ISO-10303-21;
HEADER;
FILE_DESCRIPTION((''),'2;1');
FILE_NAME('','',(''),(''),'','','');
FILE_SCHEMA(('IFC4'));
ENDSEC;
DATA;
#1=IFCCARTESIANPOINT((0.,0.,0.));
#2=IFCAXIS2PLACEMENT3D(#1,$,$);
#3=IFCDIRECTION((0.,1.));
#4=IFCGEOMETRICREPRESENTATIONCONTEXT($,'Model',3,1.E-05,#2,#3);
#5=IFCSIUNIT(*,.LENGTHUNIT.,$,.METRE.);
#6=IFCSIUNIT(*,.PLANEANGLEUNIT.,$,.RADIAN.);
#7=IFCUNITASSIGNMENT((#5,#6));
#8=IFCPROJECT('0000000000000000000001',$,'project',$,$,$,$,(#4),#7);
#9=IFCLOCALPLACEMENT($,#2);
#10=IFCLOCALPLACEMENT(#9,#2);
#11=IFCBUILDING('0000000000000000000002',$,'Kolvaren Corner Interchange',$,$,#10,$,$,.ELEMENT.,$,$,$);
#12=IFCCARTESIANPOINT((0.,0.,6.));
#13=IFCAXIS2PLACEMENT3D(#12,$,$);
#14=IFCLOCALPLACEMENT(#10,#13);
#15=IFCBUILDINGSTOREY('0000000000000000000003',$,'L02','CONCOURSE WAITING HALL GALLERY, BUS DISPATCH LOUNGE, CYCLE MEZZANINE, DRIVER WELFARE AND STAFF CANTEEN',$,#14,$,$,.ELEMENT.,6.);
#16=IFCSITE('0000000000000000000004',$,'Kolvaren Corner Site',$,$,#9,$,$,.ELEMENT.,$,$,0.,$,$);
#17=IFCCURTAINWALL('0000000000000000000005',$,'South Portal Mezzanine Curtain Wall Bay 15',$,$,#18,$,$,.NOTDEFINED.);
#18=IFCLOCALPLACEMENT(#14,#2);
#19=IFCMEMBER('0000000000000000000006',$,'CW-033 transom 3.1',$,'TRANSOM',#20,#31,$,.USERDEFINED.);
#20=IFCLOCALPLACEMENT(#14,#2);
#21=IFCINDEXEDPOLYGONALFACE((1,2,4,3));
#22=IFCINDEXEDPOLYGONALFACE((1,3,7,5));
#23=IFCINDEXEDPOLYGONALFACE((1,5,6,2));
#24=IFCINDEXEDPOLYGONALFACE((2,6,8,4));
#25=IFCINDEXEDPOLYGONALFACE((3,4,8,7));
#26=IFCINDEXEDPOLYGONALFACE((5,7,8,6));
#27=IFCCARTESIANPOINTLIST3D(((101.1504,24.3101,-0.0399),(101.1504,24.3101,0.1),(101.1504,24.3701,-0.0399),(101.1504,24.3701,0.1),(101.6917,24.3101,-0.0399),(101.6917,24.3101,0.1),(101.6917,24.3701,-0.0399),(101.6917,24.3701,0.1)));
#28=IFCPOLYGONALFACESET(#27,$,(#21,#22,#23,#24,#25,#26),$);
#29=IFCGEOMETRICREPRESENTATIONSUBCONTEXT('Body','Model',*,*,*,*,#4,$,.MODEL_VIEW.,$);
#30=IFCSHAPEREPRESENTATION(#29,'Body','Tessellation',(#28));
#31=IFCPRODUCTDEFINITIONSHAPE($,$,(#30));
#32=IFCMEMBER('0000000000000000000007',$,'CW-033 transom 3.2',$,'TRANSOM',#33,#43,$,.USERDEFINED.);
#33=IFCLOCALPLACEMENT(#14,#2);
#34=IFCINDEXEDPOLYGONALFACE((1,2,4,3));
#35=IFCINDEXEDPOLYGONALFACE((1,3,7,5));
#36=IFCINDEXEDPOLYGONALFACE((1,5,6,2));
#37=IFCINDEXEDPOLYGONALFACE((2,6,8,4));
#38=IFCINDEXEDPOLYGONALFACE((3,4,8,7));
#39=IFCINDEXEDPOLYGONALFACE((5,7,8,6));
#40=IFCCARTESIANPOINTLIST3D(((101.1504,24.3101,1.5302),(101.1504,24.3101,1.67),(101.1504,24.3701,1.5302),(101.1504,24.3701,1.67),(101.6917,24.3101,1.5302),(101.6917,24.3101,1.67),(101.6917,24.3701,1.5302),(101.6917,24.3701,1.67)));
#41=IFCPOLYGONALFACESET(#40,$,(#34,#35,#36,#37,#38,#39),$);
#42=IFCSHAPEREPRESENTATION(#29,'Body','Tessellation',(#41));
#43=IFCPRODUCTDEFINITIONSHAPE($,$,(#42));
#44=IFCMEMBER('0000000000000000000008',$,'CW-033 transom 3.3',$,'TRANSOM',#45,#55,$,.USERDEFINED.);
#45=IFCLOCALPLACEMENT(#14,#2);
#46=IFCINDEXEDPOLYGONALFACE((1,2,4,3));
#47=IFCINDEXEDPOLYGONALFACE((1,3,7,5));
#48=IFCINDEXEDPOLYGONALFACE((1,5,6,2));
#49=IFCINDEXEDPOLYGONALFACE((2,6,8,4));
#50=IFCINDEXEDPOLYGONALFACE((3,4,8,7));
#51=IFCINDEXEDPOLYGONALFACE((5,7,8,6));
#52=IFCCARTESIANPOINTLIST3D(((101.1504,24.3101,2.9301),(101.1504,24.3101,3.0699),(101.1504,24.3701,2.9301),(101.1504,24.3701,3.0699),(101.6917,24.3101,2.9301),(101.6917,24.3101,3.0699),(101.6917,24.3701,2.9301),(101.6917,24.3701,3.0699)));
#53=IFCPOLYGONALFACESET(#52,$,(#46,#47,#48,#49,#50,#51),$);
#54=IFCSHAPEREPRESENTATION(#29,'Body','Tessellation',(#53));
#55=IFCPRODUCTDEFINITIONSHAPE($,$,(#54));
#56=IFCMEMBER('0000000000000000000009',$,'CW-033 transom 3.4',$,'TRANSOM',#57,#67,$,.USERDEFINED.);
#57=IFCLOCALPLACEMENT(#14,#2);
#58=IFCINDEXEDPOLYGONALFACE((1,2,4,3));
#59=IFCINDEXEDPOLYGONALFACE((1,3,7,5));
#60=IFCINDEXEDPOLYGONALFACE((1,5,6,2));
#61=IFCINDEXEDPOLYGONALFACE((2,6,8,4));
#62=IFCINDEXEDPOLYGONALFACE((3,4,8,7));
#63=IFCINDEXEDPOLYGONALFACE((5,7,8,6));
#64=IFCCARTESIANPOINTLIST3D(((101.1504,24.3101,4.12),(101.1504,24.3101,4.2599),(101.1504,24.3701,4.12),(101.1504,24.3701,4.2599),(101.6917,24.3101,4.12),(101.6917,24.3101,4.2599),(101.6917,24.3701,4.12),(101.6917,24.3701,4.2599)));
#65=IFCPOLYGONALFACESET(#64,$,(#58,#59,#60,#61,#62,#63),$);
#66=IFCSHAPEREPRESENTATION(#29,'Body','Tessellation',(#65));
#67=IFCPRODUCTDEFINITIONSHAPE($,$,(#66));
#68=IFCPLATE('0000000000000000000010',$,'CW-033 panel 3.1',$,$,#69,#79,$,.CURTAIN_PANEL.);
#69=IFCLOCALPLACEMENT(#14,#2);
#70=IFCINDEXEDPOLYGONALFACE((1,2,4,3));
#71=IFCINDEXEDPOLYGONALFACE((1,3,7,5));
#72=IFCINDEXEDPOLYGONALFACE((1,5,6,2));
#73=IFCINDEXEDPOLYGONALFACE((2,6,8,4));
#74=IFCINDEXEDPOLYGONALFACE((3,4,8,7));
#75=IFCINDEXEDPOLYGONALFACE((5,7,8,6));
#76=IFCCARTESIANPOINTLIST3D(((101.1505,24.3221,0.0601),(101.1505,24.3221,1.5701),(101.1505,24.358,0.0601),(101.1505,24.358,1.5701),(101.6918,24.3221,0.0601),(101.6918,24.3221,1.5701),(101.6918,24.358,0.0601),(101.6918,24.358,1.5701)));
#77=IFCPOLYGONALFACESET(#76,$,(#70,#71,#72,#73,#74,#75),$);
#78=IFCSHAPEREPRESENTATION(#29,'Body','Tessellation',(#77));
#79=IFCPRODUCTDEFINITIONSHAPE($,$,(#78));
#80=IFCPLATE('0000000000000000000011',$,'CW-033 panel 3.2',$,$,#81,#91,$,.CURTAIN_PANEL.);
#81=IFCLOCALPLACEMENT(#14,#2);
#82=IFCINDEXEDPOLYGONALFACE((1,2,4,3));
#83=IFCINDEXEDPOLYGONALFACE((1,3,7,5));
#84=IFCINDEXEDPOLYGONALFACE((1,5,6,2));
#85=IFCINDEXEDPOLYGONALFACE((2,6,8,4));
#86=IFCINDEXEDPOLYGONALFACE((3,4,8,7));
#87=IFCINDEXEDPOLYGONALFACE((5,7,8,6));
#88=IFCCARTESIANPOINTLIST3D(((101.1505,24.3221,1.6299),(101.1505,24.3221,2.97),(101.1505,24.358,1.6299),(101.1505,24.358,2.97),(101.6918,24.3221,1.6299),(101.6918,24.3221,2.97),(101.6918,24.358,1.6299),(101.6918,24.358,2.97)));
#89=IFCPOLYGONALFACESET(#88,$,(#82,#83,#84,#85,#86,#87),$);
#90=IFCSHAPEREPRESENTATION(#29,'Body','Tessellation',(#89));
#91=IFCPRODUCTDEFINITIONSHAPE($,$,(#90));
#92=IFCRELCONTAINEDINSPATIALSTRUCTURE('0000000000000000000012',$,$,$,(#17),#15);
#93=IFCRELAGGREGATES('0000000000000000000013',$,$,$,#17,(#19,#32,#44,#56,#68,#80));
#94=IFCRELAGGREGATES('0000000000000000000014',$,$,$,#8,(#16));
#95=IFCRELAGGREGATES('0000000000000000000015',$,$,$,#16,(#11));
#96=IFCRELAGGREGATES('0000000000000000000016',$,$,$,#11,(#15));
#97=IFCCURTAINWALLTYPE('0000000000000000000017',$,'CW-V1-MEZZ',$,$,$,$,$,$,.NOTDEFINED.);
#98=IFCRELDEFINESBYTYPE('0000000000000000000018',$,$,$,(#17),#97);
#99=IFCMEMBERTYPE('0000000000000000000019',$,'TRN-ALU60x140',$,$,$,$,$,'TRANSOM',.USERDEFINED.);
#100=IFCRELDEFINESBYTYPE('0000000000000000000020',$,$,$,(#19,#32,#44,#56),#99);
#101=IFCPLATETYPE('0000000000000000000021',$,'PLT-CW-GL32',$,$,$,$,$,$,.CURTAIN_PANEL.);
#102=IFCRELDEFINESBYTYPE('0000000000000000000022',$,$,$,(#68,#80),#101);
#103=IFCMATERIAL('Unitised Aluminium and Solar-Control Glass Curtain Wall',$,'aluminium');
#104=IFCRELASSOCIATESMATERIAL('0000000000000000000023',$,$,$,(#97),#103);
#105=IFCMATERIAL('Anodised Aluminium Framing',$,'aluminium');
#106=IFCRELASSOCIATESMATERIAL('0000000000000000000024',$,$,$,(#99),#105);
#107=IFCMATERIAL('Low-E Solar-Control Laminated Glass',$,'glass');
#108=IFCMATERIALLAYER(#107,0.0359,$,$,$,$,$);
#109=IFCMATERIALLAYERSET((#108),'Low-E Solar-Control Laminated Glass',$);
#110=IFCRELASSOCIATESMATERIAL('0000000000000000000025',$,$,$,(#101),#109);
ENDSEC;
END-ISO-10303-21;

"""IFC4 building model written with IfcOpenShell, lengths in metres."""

from ifc_helpers import new_model, si_unit, direction, frame, origin, origin_2d, place, context, subcontext, project, spatial, rectangle, extrude, material, layer, layer_set, material_profile, profile_set, type_object, element, aggregate, save


model = new_model("IFC4")

# Units and contexts
model_context = context("Model", 3, precision=1e-05, world=origin(), true_north=direction((0.0, 1.0)))
body_context = subcontext(model_context, "Body", "Model", "MODEL_VIEW")
ifc_project = project(units=[si_unit("LENGTHUNIT", "METRE"), si_unit("PLANEANGLEUNIT", "RADIAN")], contexts=[model_context])

# Site, building, storey
site_placement = place(None, origin())
site = spatial("IfcSite", under=ifc_project, at=site_placement, Name="Kolvaren Corner Site", CompositionType="ELEMENT", RefElevation=0.0)
building_placement = place(site_placement, origin())
building = spatial("IfcBuilding", under=site, at=building_placement, Name="Kolvaren Corner Interchange", CompositionType="ELEMENT")
storey_placement = place(building_placement, frame((0.0, 0.0, 6.0)))
storey = spatial("IfcBuildingStorey", under=building, at=storey_placement, Name="L02", Description="CONCOURSE WAITING HALL GALLERY, BUS DISPATCH LOUNGE, CYCLE MEZZANINE, DRIVER WELFARE AND STAFF CANTEEN", CompositionType="ELEMENT", Elevation=6.0)

# Curtain wall, members, plates
ifc_material_1 = material(Name="Unitised Aluminium and Solar-Control Glass Curtain Wall", Category="aluminium")
curtain_wall_type = type_object("IfcCurtainWallType", Name="CW-V1-MEZZ", PredefinedType="NOTDEFINED", material=ifc_material_1)
curtain_wall_placement = place(storey_placement, origin())
curtain_wall = element("IfcCurtainWall", 1, at=curtain_wall_placement, inside=storey, type_object=curtain_wall_type, Name="South Portal Mezzanine Curtain Wall Bay 15", PredefinedType="NOTDEFINED")
ifc_material_2 = material(Name="Anodised Aluminium Framing", Category="aluminium")
ifc_material_profile_1 = material_profile(ifc_material_2, rectangle(XDim=0.0601, YDim=0.1399, at=origin_2d()), Name="ALU 60x140")
ifc_profile_set_1 = profile_set([ifc_material_profile_1], Name="Anodised Aluminium Framing")
member_type_1 = type_object("IfcMemberType", Name="TRN-ALU60x140", ElementType="TRANSOM", PredefinedType="USERDEFINED", material=ifc_profile_set_1)
member_1_placement = place(storey_placement, frame((101.1504, 24.3401, 0.03), z_axis=(1.0, 0.0, 0.0), x_axis=(0.0, 1.0, 0.0)))
member_1 = element("IfcMember", 2, at=member_1_placement, type_object=member_type_1, Name="CW-033 transom 3.1", ObjectType="TRANSOM", PredefinedType="USERDEFINED", context=body_context, shape_type="SweptSolid", body=[
    extrude(rectangle(XDim=0.0601, YDim=0.1399, at=origin_2d()), origin(), (0.0, 0.0, 1.0), 0.5413),
])
member_2_placement = place(storey_placement, frame((101.1504, 24.3401, 1.6001), z_axis=(1.0, 0.0, 0.0), x_axis=(0.0, 1.0, 0.0)))
member_2 = element("IfcMember", 3, at=member_2_placement, type_object=member_type_1, Name="CW-033 transom 3.2", ObjectType="TRANSOM", PredefinedType="USERDEFINED", context=body_context, shape_type="SweptSolid", body=[
    extrude(rectangle(XDim=0.0601, YDim=0.1399, at=origin_2d()), origin(), (0.0, 0.0, 1.0), 0.5413),
])
member_3_placement = place(storey_placement, frame((101.1504, 24.3401, 3.0), z_axis=(1.0, 0.0, 0.0), x_axis=(0.0, 1.0, 0.0)))
member_3 = element("IfcMember", 4, at=member_3_placement, type_object=member_type_1, Name="CW-033 transom 3.3", ObjectType="TRANSOM", PredefinedType="USERDEFINED", context=body_context, shape_type="SweptSolid", body=[
    extrude(rectangle(XDim=0.0601, YDim=0.1399, at=origin_2d()), origin(), (0.0, 0.0, 1.0), 0.5413),
])
member_4_placement = place(storey_placement, frame((101.1504, 24.3401, 4.1899), z_axis=(1.0, 0.0, 0.0), x_axis=(0.0, 1.0, 0.0)))
member_4 = element("IfcMember", 5, at=member_4_placement, type_object=member_type_1, Name="CW-033 transom 3.4", ObjectType="TRANSOM", PredefinedType="USERDEFINED", context=body_context, shape_type="SweptSolid", body=[
    extrude(rectangle(XDim=0.0601, YDim=0.1399, at=origin_2d()), origin(), (0.0, 0.0, 1.0), 0.5413),
])
ifc_material_3 = material(Name="Low-E Solar-Control Laminated Glass", Category="glass")
ifc_layer = layer(ifc_material_3, 0.0359)
ifc_layer_set = layer_set([ifc_layer], Name="Low-E Solar-Control Laminated Glass")
plate_type = type_object("IfcPlateType", Name="PLT-CW-GL32", PredefinedType="CURTAIN_PANEL", material=ifc_layer_set)
plate_1_placement = place(storey_placement, frame((101.4211, 24.3401, 0.0601), z_axis=(0.0, 0.0, 1.0), x_axis=(1.0, 0.0, 0.0)))
plate_1 = element("IfcPlate", 6, at=plate_1_placement, type_object=plate_type, Name="CW-033 panel 3.1", PredefinedType="CURTAIN_PANEL", context=body_context, shape_type="SweptSolid", body=[
    extrude(rectangle(XDim=0.5413, YDim=0.0359, at=origin_2d()), origin(), (0.0, 0.0, 1.0), 1.51),
])
plate_2_placement = place(storey_placement, frame((101.4211, 24.3401, 1.6299), z_axis=(0.0, 0.0, 1.0), x_axis=(1.0, 0.0, 0.0)))
plate_2 = element("IfcPlate", 7, at=plate_2_placement, type_object=plate_type, Name="CW-033 panel 3.2", PredefinedType="CURTAIN_PANEL", context=body_context, shape_type="SweptSolid", body=[
    extrude(rectangle(XDim=0.5413, YDim=0.0359, at=origin_2d()), origin(), (0.0, 0.0, 1.0), 1.3401),
])
aggregate(curtain_wall, [member_1, member_2, member_3, member_4, plate_1, plate_2])

save(model, "model.ifc")
